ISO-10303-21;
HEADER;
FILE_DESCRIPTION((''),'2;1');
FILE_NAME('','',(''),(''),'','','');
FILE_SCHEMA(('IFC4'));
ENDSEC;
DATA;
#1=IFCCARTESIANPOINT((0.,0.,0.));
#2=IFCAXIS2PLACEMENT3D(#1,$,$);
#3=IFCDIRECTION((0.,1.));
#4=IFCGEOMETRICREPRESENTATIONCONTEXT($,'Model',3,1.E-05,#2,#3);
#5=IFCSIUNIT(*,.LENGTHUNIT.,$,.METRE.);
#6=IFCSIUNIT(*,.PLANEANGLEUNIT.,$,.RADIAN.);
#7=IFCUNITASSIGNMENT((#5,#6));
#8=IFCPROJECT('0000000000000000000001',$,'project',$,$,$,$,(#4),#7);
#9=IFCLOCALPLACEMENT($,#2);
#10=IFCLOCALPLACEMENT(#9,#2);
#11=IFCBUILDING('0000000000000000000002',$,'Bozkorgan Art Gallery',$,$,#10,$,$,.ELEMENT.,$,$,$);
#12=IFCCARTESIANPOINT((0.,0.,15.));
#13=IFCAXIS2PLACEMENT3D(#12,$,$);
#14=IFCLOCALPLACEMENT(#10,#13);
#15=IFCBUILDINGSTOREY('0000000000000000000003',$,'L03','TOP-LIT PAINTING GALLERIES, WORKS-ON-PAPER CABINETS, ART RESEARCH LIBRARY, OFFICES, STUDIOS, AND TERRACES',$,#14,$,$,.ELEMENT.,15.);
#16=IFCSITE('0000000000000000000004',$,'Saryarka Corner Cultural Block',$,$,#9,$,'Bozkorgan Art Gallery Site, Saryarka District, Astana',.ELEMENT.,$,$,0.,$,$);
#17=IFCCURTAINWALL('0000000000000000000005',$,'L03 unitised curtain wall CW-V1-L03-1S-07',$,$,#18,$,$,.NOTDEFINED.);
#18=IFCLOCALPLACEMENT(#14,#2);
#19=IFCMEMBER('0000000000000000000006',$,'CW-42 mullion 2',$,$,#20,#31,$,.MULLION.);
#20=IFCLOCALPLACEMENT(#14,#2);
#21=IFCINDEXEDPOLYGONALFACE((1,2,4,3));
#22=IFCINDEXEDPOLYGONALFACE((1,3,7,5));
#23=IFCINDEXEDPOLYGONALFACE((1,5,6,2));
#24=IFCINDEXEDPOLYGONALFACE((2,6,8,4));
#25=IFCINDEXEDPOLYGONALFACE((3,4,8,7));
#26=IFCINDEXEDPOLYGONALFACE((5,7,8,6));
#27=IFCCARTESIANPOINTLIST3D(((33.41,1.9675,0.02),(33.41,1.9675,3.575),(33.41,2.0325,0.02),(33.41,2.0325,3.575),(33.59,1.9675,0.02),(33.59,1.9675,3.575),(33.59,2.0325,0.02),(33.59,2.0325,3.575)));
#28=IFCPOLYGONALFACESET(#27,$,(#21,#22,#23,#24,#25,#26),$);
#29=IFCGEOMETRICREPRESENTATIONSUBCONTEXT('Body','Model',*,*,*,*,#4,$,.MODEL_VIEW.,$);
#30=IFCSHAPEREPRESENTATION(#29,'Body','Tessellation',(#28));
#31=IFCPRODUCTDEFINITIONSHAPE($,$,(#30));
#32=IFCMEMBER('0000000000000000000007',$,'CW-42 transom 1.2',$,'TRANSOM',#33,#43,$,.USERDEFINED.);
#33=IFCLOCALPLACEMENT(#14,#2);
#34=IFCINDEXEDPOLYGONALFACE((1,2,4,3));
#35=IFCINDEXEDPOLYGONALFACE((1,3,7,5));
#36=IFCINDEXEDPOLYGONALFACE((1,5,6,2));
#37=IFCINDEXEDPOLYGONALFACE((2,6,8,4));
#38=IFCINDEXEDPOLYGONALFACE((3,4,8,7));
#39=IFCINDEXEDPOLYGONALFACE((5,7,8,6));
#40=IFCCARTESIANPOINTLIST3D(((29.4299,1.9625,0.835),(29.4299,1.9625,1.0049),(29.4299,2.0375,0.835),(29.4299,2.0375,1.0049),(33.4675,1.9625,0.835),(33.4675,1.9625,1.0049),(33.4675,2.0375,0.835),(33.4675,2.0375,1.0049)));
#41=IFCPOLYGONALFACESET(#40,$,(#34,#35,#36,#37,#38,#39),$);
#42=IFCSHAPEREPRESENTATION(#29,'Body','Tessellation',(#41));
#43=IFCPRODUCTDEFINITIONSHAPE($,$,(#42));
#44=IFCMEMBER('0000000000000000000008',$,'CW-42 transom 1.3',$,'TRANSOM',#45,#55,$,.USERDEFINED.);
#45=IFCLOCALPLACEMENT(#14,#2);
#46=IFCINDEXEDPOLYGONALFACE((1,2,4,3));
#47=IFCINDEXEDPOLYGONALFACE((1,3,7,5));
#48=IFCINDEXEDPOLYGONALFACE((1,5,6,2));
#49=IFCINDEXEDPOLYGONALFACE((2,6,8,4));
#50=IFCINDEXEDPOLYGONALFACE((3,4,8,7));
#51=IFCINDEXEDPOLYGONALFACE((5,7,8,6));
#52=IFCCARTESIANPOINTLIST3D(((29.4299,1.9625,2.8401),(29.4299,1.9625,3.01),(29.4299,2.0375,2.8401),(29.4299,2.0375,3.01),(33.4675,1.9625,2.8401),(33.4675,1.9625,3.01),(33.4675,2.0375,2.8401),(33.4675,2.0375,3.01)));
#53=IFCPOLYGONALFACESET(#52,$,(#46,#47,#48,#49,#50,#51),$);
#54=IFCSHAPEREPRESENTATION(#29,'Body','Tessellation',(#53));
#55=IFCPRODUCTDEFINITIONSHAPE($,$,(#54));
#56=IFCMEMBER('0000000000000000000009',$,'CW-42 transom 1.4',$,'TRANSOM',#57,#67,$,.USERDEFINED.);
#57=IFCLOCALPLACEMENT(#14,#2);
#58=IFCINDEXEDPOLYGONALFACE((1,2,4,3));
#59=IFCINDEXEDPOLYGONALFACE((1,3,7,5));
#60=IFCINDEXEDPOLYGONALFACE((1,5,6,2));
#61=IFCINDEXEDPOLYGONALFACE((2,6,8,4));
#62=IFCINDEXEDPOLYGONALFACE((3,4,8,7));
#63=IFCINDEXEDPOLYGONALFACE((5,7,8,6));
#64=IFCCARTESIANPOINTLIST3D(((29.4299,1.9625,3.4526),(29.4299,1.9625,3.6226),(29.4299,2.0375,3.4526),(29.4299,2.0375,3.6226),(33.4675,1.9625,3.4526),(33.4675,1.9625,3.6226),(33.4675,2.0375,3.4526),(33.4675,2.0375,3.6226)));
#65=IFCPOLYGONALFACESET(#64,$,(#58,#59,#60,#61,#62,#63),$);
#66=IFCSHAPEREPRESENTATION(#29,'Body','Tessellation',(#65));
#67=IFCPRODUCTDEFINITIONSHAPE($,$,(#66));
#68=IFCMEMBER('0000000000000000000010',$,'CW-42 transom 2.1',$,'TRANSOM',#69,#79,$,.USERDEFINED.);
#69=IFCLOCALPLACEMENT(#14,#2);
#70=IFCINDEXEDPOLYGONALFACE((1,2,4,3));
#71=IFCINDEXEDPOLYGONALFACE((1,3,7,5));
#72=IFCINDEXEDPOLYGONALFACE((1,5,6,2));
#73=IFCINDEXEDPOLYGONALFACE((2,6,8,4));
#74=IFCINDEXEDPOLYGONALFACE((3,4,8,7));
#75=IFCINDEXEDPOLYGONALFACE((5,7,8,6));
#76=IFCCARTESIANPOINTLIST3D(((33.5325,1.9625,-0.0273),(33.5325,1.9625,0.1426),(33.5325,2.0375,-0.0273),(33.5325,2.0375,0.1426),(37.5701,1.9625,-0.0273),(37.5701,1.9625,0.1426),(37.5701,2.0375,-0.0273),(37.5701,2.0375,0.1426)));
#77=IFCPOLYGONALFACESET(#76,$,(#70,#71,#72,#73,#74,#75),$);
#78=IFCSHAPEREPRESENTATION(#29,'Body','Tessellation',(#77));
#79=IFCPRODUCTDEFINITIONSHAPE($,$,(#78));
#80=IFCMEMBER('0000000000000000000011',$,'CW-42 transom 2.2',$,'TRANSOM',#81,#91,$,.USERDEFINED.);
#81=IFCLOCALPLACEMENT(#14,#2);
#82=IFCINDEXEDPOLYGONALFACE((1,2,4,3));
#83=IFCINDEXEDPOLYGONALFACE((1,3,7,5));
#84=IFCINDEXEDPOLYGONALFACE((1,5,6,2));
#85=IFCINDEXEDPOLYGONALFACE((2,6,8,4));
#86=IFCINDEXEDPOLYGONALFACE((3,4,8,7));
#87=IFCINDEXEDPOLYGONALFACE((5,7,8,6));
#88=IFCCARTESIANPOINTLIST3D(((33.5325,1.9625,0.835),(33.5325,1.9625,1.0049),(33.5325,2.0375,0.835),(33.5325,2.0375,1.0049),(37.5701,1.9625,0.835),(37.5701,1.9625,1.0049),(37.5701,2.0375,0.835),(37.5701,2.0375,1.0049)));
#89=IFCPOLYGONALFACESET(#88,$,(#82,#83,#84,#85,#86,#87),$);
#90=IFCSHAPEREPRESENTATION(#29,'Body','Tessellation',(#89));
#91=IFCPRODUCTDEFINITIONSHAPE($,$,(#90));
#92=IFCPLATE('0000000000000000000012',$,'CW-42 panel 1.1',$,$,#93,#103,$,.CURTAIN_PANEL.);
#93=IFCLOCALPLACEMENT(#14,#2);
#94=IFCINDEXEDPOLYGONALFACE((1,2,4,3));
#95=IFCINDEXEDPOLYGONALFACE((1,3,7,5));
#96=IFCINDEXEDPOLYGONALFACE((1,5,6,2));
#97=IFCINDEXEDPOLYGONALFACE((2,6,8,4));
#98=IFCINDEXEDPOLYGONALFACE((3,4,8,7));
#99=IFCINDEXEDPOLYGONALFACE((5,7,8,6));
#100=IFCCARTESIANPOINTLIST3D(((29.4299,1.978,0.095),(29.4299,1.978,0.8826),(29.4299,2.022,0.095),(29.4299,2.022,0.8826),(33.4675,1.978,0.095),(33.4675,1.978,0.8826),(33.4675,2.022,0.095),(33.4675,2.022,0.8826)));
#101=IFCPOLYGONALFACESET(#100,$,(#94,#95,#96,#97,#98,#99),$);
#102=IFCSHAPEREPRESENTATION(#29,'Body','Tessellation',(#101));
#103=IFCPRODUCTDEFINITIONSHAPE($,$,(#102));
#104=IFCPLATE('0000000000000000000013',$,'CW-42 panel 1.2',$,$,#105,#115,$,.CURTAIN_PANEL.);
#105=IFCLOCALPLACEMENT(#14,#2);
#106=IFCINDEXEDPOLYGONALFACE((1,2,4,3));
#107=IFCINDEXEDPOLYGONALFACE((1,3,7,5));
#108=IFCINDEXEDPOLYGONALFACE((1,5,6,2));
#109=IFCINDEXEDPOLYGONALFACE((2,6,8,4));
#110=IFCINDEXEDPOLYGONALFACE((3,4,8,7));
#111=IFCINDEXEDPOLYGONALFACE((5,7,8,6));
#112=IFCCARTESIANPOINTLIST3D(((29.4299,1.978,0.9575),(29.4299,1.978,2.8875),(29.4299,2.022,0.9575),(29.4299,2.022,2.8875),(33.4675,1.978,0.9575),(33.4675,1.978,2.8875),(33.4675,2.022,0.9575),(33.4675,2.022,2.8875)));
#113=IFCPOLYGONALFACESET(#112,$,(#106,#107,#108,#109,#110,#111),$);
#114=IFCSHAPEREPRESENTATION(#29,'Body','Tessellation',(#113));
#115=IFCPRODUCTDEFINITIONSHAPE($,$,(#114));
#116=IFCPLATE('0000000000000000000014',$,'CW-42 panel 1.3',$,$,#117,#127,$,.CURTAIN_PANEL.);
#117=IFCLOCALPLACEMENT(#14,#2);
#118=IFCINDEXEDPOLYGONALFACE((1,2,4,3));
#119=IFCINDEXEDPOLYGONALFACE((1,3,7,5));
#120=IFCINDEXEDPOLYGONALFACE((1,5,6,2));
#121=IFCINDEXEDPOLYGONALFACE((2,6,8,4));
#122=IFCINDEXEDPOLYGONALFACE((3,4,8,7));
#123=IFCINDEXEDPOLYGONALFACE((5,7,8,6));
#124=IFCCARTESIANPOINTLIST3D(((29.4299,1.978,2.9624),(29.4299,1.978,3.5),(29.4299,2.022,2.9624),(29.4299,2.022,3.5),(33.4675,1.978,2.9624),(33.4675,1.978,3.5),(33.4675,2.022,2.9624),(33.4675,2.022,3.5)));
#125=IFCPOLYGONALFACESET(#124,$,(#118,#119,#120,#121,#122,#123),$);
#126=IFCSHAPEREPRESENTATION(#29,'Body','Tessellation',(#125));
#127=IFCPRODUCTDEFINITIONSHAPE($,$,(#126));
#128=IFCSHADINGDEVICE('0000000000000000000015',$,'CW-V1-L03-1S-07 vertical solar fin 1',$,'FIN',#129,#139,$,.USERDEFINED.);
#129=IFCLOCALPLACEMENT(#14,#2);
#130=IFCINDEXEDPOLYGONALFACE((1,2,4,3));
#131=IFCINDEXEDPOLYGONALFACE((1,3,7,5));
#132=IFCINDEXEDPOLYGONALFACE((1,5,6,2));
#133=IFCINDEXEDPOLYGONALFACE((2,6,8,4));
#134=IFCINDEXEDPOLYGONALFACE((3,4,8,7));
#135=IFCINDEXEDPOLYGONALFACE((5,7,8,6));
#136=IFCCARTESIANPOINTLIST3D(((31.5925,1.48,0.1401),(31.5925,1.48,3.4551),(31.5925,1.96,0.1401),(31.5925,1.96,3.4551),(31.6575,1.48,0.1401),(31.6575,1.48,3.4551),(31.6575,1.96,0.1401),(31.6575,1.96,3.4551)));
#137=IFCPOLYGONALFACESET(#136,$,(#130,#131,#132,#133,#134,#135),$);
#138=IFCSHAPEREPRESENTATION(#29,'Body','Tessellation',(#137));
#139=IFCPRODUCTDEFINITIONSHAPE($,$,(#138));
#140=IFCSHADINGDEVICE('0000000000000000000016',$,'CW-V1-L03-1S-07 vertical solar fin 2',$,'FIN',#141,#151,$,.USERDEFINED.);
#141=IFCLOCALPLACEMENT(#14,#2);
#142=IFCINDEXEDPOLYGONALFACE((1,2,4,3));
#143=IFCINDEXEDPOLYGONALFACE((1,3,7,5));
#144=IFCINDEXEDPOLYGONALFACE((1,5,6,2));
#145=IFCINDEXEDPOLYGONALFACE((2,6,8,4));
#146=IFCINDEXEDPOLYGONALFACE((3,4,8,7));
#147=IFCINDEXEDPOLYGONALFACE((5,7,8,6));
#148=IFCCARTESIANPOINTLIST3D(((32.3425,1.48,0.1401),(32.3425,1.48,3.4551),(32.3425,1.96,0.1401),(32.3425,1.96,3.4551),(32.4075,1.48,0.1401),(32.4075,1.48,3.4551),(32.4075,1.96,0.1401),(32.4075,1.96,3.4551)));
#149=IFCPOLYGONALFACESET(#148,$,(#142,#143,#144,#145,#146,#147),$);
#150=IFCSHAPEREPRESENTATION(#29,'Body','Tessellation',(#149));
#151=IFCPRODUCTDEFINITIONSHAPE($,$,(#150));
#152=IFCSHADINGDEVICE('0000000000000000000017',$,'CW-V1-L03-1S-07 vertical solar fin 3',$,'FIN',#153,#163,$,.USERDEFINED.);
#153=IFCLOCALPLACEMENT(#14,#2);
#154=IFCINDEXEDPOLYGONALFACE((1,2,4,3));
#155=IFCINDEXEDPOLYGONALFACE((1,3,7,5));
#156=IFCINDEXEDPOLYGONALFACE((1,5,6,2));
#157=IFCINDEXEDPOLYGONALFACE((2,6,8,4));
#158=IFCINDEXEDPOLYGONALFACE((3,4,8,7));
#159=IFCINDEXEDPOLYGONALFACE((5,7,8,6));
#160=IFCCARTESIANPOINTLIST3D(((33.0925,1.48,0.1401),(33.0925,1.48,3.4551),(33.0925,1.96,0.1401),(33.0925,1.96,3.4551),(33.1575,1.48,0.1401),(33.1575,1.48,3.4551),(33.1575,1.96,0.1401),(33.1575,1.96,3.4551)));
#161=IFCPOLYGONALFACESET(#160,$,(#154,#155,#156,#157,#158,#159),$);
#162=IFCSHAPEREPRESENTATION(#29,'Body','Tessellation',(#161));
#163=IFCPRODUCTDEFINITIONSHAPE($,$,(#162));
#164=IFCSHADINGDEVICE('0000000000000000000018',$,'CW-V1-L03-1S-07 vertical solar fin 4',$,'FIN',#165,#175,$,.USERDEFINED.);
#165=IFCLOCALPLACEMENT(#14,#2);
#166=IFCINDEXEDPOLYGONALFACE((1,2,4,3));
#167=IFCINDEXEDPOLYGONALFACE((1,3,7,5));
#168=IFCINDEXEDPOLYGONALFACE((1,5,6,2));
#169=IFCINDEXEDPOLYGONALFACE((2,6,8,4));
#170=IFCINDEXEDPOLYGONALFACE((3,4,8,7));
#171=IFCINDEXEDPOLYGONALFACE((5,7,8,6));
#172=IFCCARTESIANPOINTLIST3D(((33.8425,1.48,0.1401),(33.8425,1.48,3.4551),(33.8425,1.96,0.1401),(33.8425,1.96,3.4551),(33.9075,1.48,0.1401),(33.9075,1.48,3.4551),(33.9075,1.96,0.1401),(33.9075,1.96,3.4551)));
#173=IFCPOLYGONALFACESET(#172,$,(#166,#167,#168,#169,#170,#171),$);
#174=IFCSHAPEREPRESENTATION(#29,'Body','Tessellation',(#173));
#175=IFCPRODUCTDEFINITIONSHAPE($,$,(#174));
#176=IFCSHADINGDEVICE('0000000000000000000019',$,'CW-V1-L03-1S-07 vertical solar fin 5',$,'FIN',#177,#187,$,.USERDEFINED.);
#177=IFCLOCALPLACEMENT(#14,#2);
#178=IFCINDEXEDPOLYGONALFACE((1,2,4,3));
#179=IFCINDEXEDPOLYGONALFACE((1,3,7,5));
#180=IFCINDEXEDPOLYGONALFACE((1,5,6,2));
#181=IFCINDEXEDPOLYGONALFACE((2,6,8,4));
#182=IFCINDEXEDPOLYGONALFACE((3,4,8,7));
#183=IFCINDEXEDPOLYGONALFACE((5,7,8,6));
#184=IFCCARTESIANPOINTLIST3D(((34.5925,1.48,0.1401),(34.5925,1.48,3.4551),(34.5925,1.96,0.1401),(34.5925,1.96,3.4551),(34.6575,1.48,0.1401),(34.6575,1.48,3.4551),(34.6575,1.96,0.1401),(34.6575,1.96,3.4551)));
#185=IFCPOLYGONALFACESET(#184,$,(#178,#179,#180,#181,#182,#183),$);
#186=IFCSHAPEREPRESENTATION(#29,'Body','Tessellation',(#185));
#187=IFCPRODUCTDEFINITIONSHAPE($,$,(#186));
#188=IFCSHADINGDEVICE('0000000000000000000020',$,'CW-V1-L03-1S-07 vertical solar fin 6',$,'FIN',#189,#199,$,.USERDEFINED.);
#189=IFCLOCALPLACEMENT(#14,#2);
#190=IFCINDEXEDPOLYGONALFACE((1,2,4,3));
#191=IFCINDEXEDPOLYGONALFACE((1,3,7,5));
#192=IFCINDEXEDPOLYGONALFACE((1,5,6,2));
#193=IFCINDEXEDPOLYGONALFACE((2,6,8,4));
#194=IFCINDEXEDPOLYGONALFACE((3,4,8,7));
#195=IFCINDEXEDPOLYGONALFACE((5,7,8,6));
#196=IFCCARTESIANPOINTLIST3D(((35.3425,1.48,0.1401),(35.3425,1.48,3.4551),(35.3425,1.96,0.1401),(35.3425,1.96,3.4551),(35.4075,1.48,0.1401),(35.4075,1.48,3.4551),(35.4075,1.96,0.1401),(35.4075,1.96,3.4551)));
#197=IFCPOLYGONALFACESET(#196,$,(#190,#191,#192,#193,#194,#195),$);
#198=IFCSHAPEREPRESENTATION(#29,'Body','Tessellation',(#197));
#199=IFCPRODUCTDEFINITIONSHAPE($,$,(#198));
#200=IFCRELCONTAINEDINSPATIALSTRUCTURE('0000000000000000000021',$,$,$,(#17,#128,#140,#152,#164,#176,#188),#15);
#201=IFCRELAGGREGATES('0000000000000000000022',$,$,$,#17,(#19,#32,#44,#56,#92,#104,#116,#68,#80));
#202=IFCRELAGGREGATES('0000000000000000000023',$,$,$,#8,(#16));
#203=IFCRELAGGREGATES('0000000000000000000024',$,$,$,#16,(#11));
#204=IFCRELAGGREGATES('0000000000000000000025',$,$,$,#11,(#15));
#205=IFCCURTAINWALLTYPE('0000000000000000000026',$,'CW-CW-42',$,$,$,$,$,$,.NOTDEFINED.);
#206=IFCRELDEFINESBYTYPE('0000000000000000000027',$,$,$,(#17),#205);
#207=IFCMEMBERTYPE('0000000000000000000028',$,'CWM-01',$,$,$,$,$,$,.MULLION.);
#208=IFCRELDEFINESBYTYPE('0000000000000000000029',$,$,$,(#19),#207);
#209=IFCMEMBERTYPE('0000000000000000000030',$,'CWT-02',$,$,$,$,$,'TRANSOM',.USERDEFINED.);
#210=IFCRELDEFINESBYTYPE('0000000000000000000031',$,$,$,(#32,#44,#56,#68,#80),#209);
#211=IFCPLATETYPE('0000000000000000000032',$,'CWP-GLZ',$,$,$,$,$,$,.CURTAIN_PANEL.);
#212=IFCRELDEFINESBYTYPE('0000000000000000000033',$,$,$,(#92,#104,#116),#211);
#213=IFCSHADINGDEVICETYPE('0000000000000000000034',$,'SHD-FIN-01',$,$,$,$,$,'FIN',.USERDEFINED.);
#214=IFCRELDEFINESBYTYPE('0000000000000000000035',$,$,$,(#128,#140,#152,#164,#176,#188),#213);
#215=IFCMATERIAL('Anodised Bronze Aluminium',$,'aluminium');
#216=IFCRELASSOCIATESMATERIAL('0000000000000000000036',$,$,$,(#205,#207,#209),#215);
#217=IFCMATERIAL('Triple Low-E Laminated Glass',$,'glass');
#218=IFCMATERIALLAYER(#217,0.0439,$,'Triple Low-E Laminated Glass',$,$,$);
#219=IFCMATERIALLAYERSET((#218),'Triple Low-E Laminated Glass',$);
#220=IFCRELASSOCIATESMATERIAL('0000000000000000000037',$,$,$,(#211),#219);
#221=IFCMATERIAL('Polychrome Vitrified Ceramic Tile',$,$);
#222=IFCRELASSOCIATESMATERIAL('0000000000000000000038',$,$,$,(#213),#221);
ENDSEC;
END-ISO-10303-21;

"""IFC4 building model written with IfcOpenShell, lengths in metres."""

from ifc_helpers import new_model, si_unit, direction, frame, origin, origin_2d, place, context, subcontext, project, spatial, rectangle, extrude, material, layer, layer_set, material_profile, profile_set, type_object, element, aggregate, save


model = new_model("IFC4")

# Units and contexts
model_context = context("Model", 3, precision=1e-05, world=origin(), true_north=direction((0.0, 1.0)))
body_context = subcontext(model_context, "Body", "Model", "MODEL_VIEW")
ifc_project = project(units=[si_unit("LENGTHUNIT", "METRE"), si_unit("PLANEANGLEUNIT", "RADIAN")], contexts=[model_context])

# Site, building, storey
site_placement = place(None, origin())
site = spatial("IfcSite", under=ifc_project, at=site_placement, Name="Saryarka Corner Cultural Block", LongName="Bozkorgan Art Gallery Site, Saryarka District, Astana", CompositionType="ELEMENT", RefElevation=0.0)
building_placement = place(site_placement, origin())
building = spatial("IfcBuilding", under=site, at=building_placement, Name="Bozkorgan Art Gallery", CompositionType="ELEMENT")
storey_placement = place(building_placement, frame((0.0, 0.0, 15.0)))
storey = spatial("IfcBuildingStorey", under=building, at=storey_placement, Name="L03", Description="TOP-LIT PAINTING GALLERIES, WORKS-ON-PAPER CABINETS, ART RESEARCH LIBRARY, OFFICES, STUDIOS, AND TERRACES", CompositionType="ELEMENT", Elevation=15.0)

# Curtain wall, members, plates
ifc_material_1 = material(Name="Anodised Bronze Aluminium", Category="aluminium")
curtain_wall_type = type_object("IfcCurtainWallType", Name="CW-CW-42", PredefinedType="NOTDEFINED", material=ifc_material_1)
curtain_wall_placement = place(storey_placement, origin())
curtain_wall = element("IfcCurtainWall", 1, at=curtain_wall_placement, inside=storey, type_object=curtain_wall_type, Name="L03 unitised curtain wall CW-V1-L03-1S-07", PredefinedType="NOTDEFINED")
ifc_material_profile_1 = material_profile(ifc_material_1, rectangle(XDim=0.0649, YDim=0.1799, at=origin_2d()), Name="ALU MULLION 65x180")
ifc_profile_set_1 = profile_set([ifc_material_profile_1], Name="Anodised Bronze Aluminium")
member_type_1 = type_object("IfcMemberType", Name="CWM-01", PredefinedType="MULLION", material=ifc_profile_set_1)
member_1_placement = place(storey_placement, frame((33.5, 2.0, 0.02), z_axis=(0.0, 0.0, 1.0), x_axis=(0.0, 1.0, 0.0)))
member_1 = element("IfcMember", 2, at=member_1_placement, type_object=member_type_1, Name="CW-42 mullion 2", PredefinedType="MULLION", context=body_context, shape_type="SweptSolid", body=[
    extrude(rectangle(XDim=0.0649, YDim=0.1799, at=origin_2d()), origin(), (0.0, 0.0, 1.0), 3.5549),
])
ifc_material_profile_2 = material_profile(ifc_material_1, rectangle(XDim=0.075, YDim=0.1699, at=origin_2d()), Name="ALU TRANSOM 75x170")
ifc_profile_set_2 = profile_set([ifc_material_profile_2], Name="Anodised Bronze Aluminium")
member_type_2 = type_object("IfcMemberType", Name="CWT-02", ElementType="TRANSOM", PredefinedType="USERDEFINED", material=ifc_profile_set_2)
member_2_placement = place(storey_placement, frame((29.4299, 2.0, 0.9199), z_axis=(1.0, 0.0, 0.0), x_axis=(0.0, 1.0, 0.0)))
member_2 = element("IfcMember", 3, at=member_2_placement, type_object=member_type_2, Name="CW-42 transom 1.2", ObjectType="TRANSOM", PredefinedType="USERDEFINED", context=body_context, shape_type="SweptSolid", body=[
    extrude(rectangle(XDim=0.075, YDim=0.1699, at=origin_2d()), origin(), (0.0, 0.0, 1.0), 4.0376),
])
member_3_placement = place(storey_placement, frame((29.4299, 2.0, 2.925), z_axis=(1.0, 0.0, 0.0), x_axis=(0.0, 1.0, 0.0)))
member_3 = element("IfcMember", 4, at=member_3_placement, type_object=member_type_2, Name="CW-42 transom 1.3", ObjectType="TRANSOM", PredefinedType="USERDEFINED", context=body_context, shape_type="SweptSolid", body=[
    extrude(rectangle(XDim=0.075, YDim=0.1699, at=origin_2d()), origin(), (0.0, 0.0, 1.0), 4.0376),
])
member_4_placement = place(storey_placement, frame((29.4299, 2.0, 3.5376), z_axis=(1.0, 0.0, 0.0), x_axis=(0.0, 1.0, 0.0)))
member_4 = element("IfcMember", 5, at=member_4_placement, type_object=member_type_2, Name="CW-42 transom 1.4", ObjectType="TRANSOM", PredefinedType="USERDEFINED", context=body_context, shape_type="SweptSolid", body=[
    extrude(rectangle(XDim=0.075, YDim=0.1699, at=origin_2d()), origin(), (0.0, 0.0, 1.0), 4.0376),
])
member_5_placement = place(storey_placement, frame((33.5325, 2.0, 0.0576), z_axis=(1.0, 0.0, 0.0), x_axis=(0.0, 1.0, 0.0)))
member_5 = element("IfcMember", 6, at=member_5_placement, type_object=member_type_2, Name="CW-42 transom 2.1", ObjectType="TRANSOM", PredefinedType="USERDEFINED", context=body_context, shape_type="SweptSolid", body=[
    extrude(rectangle(XDim=0.075, YDim=0.1699, at=origin_2d()), origin(), (0.0, 0.0, 1.0), 4.0376),
])
member_6_placement = place(storey_placement, frame((33.5325, 2.0, 0.9199), z_axis=(1.0, 0.0, 0.0), x_axis=(0.0, 1.0, 0.0)))
member_6 = element("IfcMember", 7, at=member_6_placement, type_object=member_type_2, Name="CW-42 transom 2.2", ObjectType="TRANSOM", PredefinedType="USERDEFINED", context=body_context, shape_type="SweptSolid", body=[
    extrude(rectangle(XDim=0.075, YDim=0.1699, at=origin_2d()), origin(), (0.0, 0.0, 1.0), 4.0376),
])
ifc_material_2 = material(Name="Triple Low-E Laminated Glass", Category="glass")
ifc_layer = layer(ifc_material_2, 0.0439, Name="Triple Low-E Laminated Glass")
ifc_layer_set = layer_set([ifc_layer], Name="Triple Low-E Laminated Glass")
plate_type = type_object("IfcPlateType", Name="CWP-GLZ", PredefinedType="CURTAIN_PANEL", material=ifc_layer_set)
plate_1_placement = place(storey_placement, frame((31.4487, 2.0, 0.095), z_axis=(0.0, 0.0, 1.0), x_axis=(1.0, 0.0, 0.0)))
plate_1 = element("IfcPlate", 8, at=plate_1_placement, type_object=plate_type, Name="CW-42 panel 1.1", PredefinedType="CURTAIN_PANEL", context=body_context, shape_type="SweptSolid", body=[
    extrude(rectangle(XDim=4.0376, YDim=0.0439, at=origin_2d()), origin(), (0.0, 0.0, 1.0), 0.7876),
])
plate_2_placement = place(storey_placement, frame((31.4487, 2.0, 0.9575), z_axis=(0.0, 0.0, 1.0), x_axis=(1.0, 0.0, 0.0)))
plate_2 = element("IfcPlate", 9, at=plate_2_placement, type_object=plate_type, Name="CW-42 panel 1.2", PredefinedType="CURTAIN_PANEL", context=body_context, shape_type="SweptSolid", body=[
    extrude(rectangle(XDim=4.0376, YDim=0.0439, at=origin_2d()), origin(), (0.0, 0.0, 1.0), 1.9299),
])
plate_3_placement = place(storey_placement, frame((31.4487, 2.0, 2.9624), z_axis=(0.0, 0.0, 1.0), x_axis=(1.0, 0.0, 0.0)))
plate_3 = element("IfcPlate", 10, at=plate_3_placement, type_object=plate_type, Name="CW-42 panel 1.3", PredefinedType="CURTAIN_PANEL", context=body_context, shape_type="SweptSolid", body=[
    extrude(rectangle(XDim=4.0376, YDim=0.0439, at=origin_2d()), origin(), (0.0, 0.0, 1.0), 0.5376),
])
aggregate(curtain_wall, [member_1, member_2, member_3, member_4, plate_1, plate_2, plate_3, member_5, member_6])

# Shading devices
ifc_material_3 = material(Name="Polychrome Vitrified Ceramic Tile")
shading_device_type = type_object("IfcShadingDeviceType", Name="SHD-FIN-01", ElementType="FIN", PredefinedType="USERDEFINED", material=ifc_material_3)
for number, where, z_axis, x_axis, name in (
    (11, (31.625, 1.72, 0.1401), (0.0, 0.0, 1.0), (0.0, -1.0, 0.0), "CW-V1-L03-1S-07 vertical solar fin 1"),
    (12, (32.375, 1.72, 0.1401), (0.0, 0.0, 1.0), (0.0, -1.0, 0.0), "CW-V1-L03-1S-07 vertical solar fin 2"),
    (13, (33.125, 1.72, 0.1401), (0.0, 0.0, 1.0), (0.0, -1.0, 0.0), "CW-V1-L03-1S-07 vertical solar fin 3"),
    (14, (33.875, 1.72, 0.1401), (0.0, 0.0, 1.0), (0.0, -1.0, 0.0), "CW-V1-L03-1S-07 vertical solar fin 4"),
    (15, (34.625, 1.72, 0.1401), (0.0, 0.0, 1.0), (0.0, -1.0, 0.0), "CW-V1-L03-1S-07 vertical solar fin 5"),
    (16, (35.375, 1.72, 0.1401), (0.0, 0.0, 1.0), (0.0, -1.0, 0.0), "CW-V1-L03-1S-07 vertical solar fin 6"),
):
    element("IfcShadingDevice", number, at=place(storey_placement, frame(where, z_axis=z_axis, x_axis=x_axis)), inside=storey, type_object=shading_device_type, Name=name, ObjectType="FIN", PredefinedType="USERDEFINED", context=body_context, shape_type="SweptSolid", body=[
        extrude(rectangle(XDim=0.48, YDim=0.0649, at=origin_2d()), origin(), (0.0, 0.0, 1.0), 3.3149),
    ])

save(model, "model.ifc")
